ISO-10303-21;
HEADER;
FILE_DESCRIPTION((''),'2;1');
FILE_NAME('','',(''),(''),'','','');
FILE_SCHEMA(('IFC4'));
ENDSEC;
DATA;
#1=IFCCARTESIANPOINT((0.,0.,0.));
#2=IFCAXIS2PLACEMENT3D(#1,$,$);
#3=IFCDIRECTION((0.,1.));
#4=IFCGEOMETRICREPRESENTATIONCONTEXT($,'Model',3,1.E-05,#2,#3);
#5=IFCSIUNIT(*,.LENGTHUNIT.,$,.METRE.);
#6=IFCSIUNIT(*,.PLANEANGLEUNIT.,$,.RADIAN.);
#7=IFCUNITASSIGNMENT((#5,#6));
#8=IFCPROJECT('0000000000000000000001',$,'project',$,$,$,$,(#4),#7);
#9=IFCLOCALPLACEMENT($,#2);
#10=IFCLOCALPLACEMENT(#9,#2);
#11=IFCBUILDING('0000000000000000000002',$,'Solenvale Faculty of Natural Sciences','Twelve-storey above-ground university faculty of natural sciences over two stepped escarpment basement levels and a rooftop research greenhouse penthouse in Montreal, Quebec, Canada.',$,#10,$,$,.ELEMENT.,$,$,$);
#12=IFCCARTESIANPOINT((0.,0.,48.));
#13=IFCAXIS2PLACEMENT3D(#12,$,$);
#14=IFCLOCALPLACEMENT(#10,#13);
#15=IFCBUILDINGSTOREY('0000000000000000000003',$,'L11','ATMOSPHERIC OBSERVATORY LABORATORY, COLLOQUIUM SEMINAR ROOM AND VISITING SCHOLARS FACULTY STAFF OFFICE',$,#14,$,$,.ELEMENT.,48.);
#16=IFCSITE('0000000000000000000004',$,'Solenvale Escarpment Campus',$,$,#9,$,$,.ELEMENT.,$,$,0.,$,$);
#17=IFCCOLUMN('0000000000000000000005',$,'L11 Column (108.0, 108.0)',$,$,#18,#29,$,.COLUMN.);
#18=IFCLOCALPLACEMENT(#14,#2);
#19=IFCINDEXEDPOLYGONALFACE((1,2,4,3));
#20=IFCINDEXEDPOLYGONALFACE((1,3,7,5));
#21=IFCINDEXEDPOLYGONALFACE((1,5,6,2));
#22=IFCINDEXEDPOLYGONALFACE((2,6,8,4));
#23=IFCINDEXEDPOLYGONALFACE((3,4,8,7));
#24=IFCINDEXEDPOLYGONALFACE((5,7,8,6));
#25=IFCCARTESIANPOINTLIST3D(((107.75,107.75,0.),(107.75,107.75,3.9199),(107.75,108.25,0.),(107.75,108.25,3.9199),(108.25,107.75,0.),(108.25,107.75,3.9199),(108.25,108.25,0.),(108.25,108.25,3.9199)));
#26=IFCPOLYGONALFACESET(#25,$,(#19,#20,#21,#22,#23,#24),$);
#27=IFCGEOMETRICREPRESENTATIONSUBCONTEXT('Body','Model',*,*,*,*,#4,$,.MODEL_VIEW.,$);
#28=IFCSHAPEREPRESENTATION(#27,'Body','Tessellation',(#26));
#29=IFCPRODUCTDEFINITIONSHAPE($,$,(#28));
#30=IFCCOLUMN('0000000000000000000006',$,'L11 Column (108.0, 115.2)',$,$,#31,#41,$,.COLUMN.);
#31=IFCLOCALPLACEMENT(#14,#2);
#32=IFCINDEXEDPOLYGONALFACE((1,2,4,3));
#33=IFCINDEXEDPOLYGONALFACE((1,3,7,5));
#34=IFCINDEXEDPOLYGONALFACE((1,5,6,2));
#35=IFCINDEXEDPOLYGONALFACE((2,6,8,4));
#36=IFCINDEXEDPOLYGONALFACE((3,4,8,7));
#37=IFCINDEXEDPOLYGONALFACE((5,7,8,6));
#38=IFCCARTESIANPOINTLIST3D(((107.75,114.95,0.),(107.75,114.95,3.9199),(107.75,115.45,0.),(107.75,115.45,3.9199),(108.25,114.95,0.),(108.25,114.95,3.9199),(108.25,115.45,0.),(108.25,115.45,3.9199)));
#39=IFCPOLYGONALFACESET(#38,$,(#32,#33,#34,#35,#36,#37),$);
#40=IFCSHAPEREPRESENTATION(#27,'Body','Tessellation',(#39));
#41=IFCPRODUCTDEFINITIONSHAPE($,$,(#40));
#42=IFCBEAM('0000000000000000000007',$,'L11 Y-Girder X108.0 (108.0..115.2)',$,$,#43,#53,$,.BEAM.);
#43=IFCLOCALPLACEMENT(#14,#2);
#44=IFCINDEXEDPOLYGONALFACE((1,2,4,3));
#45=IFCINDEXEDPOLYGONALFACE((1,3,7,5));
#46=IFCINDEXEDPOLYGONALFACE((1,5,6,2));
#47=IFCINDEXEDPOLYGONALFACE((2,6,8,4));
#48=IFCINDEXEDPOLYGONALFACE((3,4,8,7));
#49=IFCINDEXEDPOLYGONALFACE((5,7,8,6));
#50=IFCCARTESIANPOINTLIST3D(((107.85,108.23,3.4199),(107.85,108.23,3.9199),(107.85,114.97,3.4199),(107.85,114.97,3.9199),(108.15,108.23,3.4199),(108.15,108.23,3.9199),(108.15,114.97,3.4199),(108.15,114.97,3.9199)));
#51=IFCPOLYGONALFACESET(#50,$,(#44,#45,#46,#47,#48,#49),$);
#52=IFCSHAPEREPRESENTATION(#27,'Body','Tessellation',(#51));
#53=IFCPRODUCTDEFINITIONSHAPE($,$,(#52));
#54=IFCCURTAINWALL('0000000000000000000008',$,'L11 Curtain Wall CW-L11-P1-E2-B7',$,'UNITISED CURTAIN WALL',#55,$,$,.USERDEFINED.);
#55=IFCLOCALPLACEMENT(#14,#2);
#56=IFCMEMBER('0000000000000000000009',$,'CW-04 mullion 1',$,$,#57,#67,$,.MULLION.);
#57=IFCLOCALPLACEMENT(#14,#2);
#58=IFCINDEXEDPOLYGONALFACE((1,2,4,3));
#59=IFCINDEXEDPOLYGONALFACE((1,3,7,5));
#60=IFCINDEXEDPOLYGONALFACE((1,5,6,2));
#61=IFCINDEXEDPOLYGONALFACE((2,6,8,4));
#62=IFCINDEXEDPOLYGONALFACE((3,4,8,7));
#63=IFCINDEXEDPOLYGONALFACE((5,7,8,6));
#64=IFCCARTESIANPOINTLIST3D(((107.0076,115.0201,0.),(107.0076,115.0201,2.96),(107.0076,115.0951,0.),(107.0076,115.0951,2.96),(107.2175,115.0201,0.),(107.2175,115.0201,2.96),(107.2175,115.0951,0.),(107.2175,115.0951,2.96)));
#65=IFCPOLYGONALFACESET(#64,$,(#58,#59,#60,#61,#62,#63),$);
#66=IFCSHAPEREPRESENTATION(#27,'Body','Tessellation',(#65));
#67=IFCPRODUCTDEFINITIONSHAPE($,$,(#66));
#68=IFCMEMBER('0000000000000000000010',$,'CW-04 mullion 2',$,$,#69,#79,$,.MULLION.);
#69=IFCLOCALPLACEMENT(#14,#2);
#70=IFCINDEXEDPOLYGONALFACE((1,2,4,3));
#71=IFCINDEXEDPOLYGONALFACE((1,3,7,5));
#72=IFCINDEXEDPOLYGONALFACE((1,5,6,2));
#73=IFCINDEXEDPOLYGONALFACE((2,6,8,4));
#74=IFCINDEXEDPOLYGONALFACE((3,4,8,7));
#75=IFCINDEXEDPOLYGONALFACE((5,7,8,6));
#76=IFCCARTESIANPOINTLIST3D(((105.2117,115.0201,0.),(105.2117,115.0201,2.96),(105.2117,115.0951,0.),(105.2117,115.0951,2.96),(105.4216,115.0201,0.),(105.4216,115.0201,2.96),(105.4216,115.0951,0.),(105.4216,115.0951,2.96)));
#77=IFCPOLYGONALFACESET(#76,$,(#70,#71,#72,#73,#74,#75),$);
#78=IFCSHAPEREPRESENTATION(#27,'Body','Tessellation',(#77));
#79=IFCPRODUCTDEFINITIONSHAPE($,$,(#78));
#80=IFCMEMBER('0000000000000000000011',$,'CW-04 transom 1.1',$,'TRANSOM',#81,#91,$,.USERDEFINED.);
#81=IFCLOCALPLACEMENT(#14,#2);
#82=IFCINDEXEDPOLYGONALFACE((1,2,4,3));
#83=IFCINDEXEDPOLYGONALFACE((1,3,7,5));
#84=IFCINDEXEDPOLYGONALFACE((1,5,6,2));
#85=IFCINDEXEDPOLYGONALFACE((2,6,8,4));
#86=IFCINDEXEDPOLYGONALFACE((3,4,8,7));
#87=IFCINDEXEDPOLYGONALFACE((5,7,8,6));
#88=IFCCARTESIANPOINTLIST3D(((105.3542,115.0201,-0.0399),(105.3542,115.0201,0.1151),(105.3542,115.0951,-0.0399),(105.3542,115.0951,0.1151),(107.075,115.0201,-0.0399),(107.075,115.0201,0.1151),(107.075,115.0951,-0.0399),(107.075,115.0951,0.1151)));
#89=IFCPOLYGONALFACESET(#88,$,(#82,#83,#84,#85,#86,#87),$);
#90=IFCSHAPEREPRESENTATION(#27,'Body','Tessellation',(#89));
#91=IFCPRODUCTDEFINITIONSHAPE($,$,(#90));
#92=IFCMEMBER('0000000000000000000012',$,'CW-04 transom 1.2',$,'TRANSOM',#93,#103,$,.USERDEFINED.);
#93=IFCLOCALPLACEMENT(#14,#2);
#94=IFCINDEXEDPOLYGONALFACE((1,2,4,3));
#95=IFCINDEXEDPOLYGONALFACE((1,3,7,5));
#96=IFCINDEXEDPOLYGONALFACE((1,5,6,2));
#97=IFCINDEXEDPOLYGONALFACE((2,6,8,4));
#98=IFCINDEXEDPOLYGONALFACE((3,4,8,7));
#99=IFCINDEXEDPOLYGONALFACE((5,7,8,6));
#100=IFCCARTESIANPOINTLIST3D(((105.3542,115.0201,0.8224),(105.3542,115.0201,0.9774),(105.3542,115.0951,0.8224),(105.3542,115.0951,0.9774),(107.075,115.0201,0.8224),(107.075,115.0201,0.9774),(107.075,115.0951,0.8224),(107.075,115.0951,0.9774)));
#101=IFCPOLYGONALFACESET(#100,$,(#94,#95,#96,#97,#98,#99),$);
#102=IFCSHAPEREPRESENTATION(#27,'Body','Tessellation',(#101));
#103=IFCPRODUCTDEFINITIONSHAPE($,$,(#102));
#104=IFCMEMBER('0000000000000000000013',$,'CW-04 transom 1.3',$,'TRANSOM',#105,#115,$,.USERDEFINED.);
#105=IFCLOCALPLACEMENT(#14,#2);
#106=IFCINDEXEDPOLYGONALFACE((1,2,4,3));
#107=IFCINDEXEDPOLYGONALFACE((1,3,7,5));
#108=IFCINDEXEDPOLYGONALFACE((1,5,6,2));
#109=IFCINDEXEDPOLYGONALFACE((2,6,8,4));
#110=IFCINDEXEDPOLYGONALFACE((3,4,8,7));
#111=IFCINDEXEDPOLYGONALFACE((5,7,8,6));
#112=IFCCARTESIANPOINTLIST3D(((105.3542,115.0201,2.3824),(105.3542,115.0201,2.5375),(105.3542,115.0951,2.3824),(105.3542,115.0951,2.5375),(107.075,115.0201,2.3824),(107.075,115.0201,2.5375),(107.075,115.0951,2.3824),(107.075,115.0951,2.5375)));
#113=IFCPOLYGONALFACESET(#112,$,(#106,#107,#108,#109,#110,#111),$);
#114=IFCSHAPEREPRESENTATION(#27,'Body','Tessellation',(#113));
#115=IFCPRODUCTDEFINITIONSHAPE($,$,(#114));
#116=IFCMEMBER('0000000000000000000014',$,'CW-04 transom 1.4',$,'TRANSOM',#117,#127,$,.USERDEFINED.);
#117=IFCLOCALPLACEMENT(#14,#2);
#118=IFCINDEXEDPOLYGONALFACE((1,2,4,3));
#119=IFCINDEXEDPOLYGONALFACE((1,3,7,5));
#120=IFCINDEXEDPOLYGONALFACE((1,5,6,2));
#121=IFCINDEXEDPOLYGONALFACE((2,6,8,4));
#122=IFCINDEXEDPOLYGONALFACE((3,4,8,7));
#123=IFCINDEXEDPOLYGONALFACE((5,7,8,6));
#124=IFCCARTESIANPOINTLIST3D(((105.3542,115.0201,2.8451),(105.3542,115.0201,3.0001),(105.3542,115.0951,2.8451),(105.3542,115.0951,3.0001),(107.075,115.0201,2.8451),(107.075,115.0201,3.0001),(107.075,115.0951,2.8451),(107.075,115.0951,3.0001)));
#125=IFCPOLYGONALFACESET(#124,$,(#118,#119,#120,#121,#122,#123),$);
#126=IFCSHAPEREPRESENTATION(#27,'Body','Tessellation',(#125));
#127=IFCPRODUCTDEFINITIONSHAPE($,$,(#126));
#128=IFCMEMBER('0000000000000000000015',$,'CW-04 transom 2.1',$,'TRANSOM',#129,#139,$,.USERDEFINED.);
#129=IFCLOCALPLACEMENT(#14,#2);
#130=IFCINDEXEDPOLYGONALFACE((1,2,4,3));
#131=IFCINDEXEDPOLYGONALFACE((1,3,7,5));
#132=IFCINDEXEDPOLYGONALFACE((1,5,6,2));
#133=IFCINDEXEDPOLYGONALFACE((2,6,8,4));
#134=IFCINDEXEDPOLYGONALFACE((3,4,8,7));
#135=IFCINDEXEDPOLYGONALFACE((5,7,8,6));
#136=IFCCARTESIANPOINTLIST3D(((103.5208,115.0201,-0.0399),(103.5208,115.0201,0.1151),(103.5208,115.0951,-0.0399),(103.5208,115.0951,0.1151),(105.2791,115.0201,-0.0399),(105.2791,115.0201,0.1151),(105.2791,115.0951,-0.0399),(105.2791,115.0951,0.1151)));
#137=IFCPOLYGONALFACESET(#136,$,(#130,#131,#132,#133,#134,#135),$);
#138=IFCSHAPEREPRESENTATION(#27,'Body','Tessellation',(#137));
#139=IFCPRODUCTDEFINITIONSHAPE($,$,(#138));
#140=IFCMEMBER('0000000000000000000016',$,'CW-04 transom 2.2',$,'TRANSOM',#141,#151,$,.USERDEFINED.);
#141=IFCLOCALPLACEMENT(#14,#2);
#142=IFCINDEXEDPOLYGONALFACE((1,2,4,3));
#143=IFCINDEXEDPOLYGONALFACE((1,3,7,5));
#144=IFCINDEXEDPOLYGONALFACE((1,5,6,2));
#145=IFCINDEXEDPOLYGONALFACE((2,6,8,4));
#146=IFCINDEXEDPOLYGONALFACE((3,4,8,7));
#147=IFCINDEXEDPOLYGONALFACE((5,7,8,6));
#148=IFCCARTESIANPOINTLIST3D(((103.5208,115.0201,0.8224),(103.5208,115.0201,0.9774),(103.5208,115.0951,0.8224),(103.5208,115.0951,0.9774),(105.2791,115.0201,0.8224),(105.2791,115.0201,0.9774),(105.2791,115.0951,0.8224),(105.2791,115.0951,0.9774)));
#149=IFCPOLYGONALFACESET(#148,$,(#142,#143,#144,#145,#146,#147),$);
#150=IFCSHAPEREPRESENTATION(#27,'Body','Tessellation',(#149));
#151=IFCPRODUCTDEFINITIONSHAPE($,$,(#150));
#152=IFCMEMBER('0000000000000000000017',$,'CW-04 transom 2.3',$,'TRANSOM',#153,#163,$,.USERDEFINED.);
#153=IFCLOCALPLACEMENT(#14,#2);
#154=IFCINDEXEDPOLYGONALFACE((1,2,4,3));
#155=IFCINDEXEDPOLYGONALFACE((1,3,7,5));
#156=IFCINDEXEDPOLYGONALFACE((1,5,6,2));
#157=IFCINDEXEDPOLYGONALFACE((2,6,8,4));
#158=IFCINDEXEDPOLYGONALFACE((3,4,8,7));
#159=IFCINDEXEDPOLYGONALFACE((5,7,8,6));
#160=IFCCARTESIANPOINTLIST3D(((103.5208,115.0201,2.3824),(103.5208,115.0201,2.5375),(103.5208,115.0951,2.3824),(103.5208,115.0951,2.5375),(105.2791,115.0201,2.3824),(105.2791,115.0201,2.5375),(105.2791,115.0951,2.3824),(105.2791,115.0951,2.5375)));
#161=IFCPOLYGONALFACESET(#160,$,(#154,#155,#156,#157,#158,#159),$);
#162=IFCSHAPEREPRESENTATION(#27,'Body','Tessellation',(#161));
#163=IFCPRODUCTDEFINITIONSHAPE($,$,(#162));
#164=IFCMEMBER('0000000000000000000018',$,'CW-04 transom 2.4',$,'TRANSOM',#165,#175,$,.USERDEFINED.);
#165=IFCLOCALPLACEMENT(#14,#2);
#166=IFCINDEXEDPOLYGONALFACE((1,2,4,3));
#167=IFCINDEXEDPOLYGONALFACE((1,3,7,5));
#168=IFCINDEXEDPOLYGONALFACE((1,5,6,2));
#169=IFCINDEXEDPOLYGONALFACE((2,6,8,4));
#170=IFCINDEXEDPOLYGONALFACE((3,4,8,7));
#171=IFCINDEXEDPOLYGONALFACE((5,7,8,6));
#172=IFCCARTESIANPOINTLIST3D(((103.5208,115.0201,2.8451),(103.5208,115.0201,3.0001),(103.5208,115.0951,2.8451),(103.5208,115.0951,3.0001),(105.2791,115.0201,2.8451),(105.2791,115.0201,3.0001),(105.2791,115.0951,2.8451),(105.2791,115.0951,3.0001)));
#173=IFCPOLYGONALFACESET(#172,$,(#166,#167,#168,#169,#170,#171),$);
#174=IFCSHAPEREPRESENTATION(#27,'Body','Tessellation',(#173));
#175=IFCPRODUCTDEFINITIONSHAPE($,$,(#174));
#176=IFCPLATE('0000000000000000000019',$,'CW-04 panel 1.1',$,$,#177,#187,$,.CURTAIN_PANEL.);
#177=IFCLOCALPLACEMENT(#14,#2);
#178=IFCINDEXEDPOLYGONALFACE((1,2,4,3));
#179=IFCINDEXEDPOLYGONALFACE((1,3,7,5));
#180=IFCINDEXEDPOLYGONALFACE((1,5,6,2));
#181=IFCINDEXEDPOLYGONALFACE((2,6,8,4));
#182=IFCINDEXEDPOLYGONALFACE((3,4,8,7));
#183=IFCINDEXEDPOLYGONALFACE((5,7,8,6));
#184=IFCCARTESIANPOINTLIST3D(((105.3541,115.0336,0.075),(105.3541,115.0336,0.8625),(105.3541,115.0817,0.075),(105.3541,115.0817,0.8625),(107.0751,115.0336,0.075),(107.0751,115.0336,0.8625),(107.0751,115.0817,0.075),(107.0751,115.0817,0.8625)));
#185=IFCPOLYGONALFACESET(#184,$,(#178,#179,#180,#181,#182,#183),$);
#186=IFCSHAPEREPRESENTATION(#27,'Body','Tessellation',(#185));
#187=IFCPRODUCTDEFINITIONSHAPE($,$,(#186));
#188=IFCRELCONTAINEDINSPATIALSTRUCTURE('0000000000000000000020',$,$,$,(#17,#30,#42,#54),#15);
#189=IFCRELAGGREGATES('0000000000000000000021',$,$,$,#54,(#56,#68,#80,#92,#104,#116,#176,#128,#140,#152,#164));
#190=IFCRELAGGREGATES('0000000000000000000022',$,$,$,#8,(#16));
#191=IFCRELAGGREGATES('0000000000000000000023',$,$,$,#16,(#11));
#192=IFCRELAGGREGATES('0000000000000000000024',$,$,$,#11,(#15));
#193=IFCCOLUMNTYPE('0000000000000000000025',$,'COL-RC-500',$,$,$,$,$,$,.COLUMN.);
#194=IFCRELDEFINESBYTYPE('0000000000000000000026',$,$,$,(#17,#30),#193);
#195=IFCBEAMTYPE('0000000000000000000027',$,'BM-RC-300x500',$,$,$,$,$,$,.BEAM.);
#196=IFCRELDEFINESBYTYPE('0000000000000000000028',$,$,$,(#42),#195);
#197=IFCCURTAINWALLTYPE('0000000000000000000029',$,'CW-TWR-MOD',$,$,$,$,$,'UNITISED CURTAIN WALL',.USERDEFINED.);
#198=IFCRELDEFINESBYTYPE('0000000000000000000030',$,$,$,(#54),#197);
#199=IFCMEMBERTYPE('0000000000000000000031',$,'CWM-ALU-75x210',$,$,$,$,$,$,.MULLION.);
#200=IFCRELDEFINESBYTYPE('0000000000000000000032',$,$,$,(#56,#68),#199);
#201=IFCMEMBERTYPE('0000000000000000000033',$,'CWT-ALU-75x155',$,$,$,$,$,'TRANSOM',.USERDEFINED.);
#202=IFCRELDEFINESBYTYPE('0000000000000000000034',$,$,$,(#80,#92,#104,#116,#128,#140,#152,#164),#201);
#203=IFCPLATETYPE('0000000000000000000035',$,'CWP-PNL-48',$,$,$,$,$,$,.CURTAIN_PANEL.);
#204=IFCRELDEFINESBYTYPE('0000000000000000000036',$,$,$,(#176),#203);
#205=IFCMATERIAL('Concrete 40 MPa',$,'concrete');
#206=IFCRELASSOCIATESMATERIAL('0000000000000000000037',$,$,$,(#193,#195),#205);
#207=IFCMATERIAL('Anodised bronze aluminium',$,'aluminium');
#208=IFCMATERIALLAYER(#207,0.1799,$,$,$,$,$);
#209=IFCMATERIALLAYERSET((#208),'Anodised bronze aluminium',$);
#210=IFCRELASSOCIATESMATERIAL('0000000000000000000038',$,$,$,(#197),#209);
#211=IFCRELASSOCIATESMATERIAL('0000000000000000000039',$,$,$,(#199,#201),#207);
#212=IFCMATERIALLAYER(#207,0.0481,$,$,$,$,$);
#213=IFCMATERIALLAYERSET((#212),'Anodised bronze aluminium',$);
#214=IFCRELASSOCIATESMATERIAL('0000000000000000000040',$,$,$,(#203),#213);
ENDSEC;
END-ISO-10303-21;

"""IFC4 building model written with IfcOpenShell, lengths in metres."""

from ifc_helpers import new_model, si_unit, direction, frame, origin, origin_2d, place, context, subcontext, project, spatial, rectangle, extrude, material, layer, layer_set, material_profile, profile_set, type_object, element, aggregate, save


model = new_model("IFC4")

# Units and contexts
model_context = context("Model", 3, precision=1e-05, world=origin(), true_north=direction((0.0, 1.0)))
body_context = subcontext(model_context, "Body", "Model", "MODEL_VIEW")
ifc_project = project(units=[si_unit("LENGTHUNIT", "METRE"), si_unit("PLANEANGLEUNIT", "RADIAN")], contexts=[model_context])

# Site, building, storey
site_placement = place(None, origin())
site = spatial("IfcSite", under=ifc_project, at=site_placement, Name="Solenvale Escarpment Campus", CompositionType="ELEMENT", RefElevation=0.0)
building_placement = place(site_placement, origin())
building = spatial("IfcBuilding", under=site, at=building_placement, Name="Solenvale Faculty of Natural Sciences", Description="Twelve-storey above-ground university faculty of natural sciences over two stepped escarpment basement levels and a rooftop research greenhouse penthouse in Montreal, Quebec, Canada.", CompositionType="ELEMENT")
storey_placement = place(building_placement, frame((0.0, 0.0, 48.0)))
storey = spatial("IfcBuildingStorey", under=building, at=storey_placement, Name="L11", Description="ATMOSPHERIC OBSERVATORY LABORATORY, COLLOQUIUM SEMINAR ROOM AND VISITING SCHOLARS FACULTY STAFF OFFICE", CompositionType="ELEMENT", Elevation=48.0)

# Columns
ifc_material_1 = material(Name="Concrete 40 MPa", Category="concrete")
ifc_material_profile_1 = material_profile(ifc_material_1, rectangle(XDim=0.5, YDim=0.5, at=origin_2d()), Name="RC-COL-500x500")
ifc_profile_set_1 = profile_set([ifc_material_profile_1], Name="Concrete 40 MPa")
column_type = type_object("IfcColumnType", Name="COL-RC-500", PredefinedType="COLUMN", material=ifc_profile_set_1)
for number, where, z_axis, x_axis, name in (
    (1, (108.0, 108.0, 0.0), (0.0, 0.0, 1.0), (1.0, 0.0, 0.0), "L11 Column (108.0, 108.0)"),
    (2, (108.0, 115.2, 0.0), (0.0, 0.0, 1.0), (1.0, 0.0, 0.0), "L11 Column (108.0, 115.2)"),
):
    element("IfcColumn", number, at=place(storey_placement, frame(where, z_axis=z_axis, x_axis=x_axis)), inside=storey, type_object=column_type, Name=name, PredefinedType="COLUMN", context=body_context, shape_type="SweptSolid", body=[
        extrude(rectangle(XDim=0.5, YDim=0.5, at=origin_2d()), origin(), (0.0, 0.0, 1.0), 3.9199),
    ])

# Beam
ifc_material_profile_2 = material_profile(ifc_material_1, rectangle(XDim=0.3, YDim=0.5, at=origin_2d()), Name="RC-BM-300x500")
ifc_profile_set_2 = profile_set([ifc_material_profile_2], Name="Concrete 40 MPa")
beam_type = type_object("IfcBeamType", Name="BM-RC-300x500", PredefinedType="BEAM", material=ifc_profile_set_2)
beam_placement = place(storey_placement, frame((108.0, 108.23, 3.6699), z_axis=(0.0, 1.0, 0.0), x_axis=(-1.0, 0.0, 0.0)))
element("IfcBeam", 3, at=beam_placement, inside=storey, type_object=beam_type, Name="L11 Y-Girder X108.0 (108.0..115.2)", PredefinedType="BEAM", context=body_context, shape_type="SweptSolid", body=[
    extrude(rectangle(XDim=0.3, YDim=0.5, at=origin_2d()), origin(), (0.0, 0.0, 1.0), 6.74),
])

# Curtain wall, members, plate
ifc_material_2 = material(Name="Anodised bronze aluminium", Category="aluminium")
ifc_layer_1 = layer(ifc_material_2, 0.1799)
ifc_layer_set_1 = layer_set([ifc_layer_1], Name="Anodised bronze aluminium")
curtain_wall_type = type_object("IfcCurtainWallType", Name="CW-TWR-MOD", ElementType="UNITISED CURTAIN WALL", PredefinedType="USERDEFINED", material=ifc_layer_set_1)
curtain_wall_placement = place(storey_placement, origin())
curtain_wall = element("IfcCurtainWall", 4, at=curtain_wall_placement, inside=storey, type_object=curtain_wall_type, Name="L11 Curtain Wall CW-L11-P1-E2-B7", ObjectType="UNITISED CURTAIN WALL", PredefinedType="USERDEFINED")
ifc_material_profile_3 = material_profile(ifc_material_2, rectangle(XDim=0.075, YDim=0.21, at=origin_2d()), Name="ALU-MUL-75x210")
ifc_profile_set_3 = profile_set([ifc_material_profile_3], Name="Anodised bronze aluminium")
member_type_1 = type_object("IfcMemberType", Name="CWM-ALU-75x210", PredefinedType="MULLION", material=ifc_profile_set_3)
member_1_placement = place(storey_placement, frame((107.1125, 115.0576, 0.0), z_axis=(0.0, 0.0, 1.0), x_axis=(0.0, -1.0, 0.0)))
member_1 = element("IfcMember", 5, at=member_1_placement, type_object=member_type_1, Name="CW-04 mullion 1", PredefinedType="MULLION", context=body_context, shape_type="SweptSolid", body=[
    extrude(rectangle(XDim=0.075, YDim=0.21, at=origin_2d()), origin(), (0.0, 0.0, 1.0), 2.96),
])
member_2_placement = place(storey_placement, frame((105.3167, 115.0576, 0.0), z_axis=(0.0, 0.0, 1.0), x_axis=(0.0, -1.0, 0.0)))
member_2 = element("IfcMember", 6, at=member_2_placement, type_object=member_type_1, Name="CW-04 mullion 2", PredefinedType="MULLION", context=body_context, shape_type="SweptSolid", body=[
    extrude(rectangle(XDim=0.075, YDim=0.21, at=origin_2d()), origin(), (0.0, 0.0, 1.0), 2.96),
])
ifc_material_profile_4 = material_profile(ifc_material_2, rectangle(XDim=0.075, YDim=0.155, at=origin_2d()), Name="ALU-TRN-75x155")
ifc_profile_set_4 = profile_set([ifc_material_profile_4], Name="Anodised bronze aluminium")
member_type_2 = type_object("IfcMemberType", Name="CWT-ALU-75x155", ElementType="TRANSOM", PredefinedType="USERDEFINED", material=ifc_profile_set_4)
member_3_placement = place(storey_placement, frame((107.075, 115.0576, 0.0376), z_axis=(-1.0, 0.0, 0.0), x_axis=(0.0, -1.0, 0.0)))
member_3 = element("IfcMember", 7, at=member_3_placement, type_object=member_type_2, Name="CW-04 transom 1.1", ObjectType="TRANSOM", PredefinedType="USERDEFINED", context=body_context, shape_type="SweptSolid", body=[
    extrude(rectangle(XDim=0.075, YDim=0.155, at=origin_2d()), origin(), (0.0, 0.0, 1.0), 1.7207),
])
member_4_placement = place(storey_placement, frame((107.075, 115.0576, 0.8999), z_axis=(-1.0, 0.0, 0.0), x_axis=(0.0, -1.0, 0.0)))
member_4 = element("IfcMember", 8, at=member_4_placement, type_object=member_type_2, Name="CW-04 transom 1.2", ObjectType="TRANSOM", PredefinedType="USERDEFINED", context=body_context, shape_type="SweptSolid", body=[
    extrude(rectangle(XDim=0.075, YDim=0.155, at=origin_2d()), origin(), (0.0, 0.0, 1.0), 1.7207),
])
member_5_placement = place(storey_placement, frame((107.075, 115.0576, 2.46), z_axis=(-1.0, 0.0, 0.0), x_axis=(0.0, -1.0, 0.0)))
member_5 = element("IfcMember", 9, at=member_5_placement, type_object=member_type_2, Name="CW-04 transom 1.3", ObjectType="TRANSOM", PredefinedType="USERDEFINED", context=body_context, shape_type="SweptSolid", body=[
    extrude(rectangle(XDim=0.075, YDim=0.155, at=origin_2d()), origin(), (0.0, 0.0, 1.0), 1.7207),
])
member_6_placement = place(storey_placement, frame((107.075, 115.0576, 2.9226), z_axis=(-1.0, 0.0, 0.0), x_axis=(0.0, -1.0, 0.0)))
member_6 = element("IfcMember", 10, at=member_6_placement, type_object=member_type_2, Name="CW-04 transom 1.4", ObjectType="TRANSOM", PredefinedType="USERDEFINED", context=body_context, shape_type="SweptSolid", body=[
    extrude(rectangle(XDim=0.075, YDim=0.155, at=origin_2d()), origin(), (0.0, 0.0, 1.0), 1.7207),
])
member_7_placement = place(storey_placement, frame((105.2791, 115.0576, 0.0376), z_axis=(-1.0, 0.0, 0.0), x_axis=(0.0, -1.0, 0.0)))
member_7 = element("IfcMember", 11, at=member_7_placement, type_object=member_type_2, Name="CW-04 transom 2.1", ObjectType="TRANSOM", PredefinedType="USERDEFINED", context=body_context, shape_type="SweptSolid", body=[
    extrude(rectangle(XDim=0.075, YDim=0.155, at=origin_2d()), origin(), (0.0, 0.0, 1.0), 1.7583),
])
member_8_placement = place(storey_placement, frame((105.2791, 115.0576, 0.8999), z_axis=(-1.0, 0.0, 0.0), x_axis=(0.0, -1.0, 0.0)))
member_8 = element("IfcMember", 12, at=member_8_placement, type_object=member_type_2, Name="CW-04 transom 2.2", ObjectType="TRANSOM", PredefinedType="USERDEFINED", context=body_context, shape_type="SweptSolid", body=[
    extrude(rectangle(XDim=0.075, YDim=0.155, at=origin_2d()), origin(), (0.0, 0.0, 1.0), 1.7583),
])
member_9_placement = place(storey_placement, frame((105.2791, 115.0576, 2.46), z_axis=(-1.0, 0.0, 0.0), x_axis=(0.0, -1.0, 0.0)))
member_9 = element("IfcMember", 13, at=member_9_placement, type_object=member_type_2, Name="CW-04 transom 2.3", ObjectType="TRANSOM", PredefinedType="USERDEFINED", context=body_context, shape_type="SweptSolid", body=[
    extrude(rectangle(XDim=0.075, YDim=0.155, at=origin_2d()), origin(), (0.0, 0.0, 1.0), 1.7583),
])
member_10_placement = place(storey_placement, frame((105.2791, 115.0576, 2.9226), z_axis=(-1.0, 0.0, 0.0), x_axis=(0.0, -1.0, 0.0)))
member_10 = element("IfcMember", 14, at=member_10_placement, type_object=member_type_2, Name="CW-04 transom 2.4", ObjectType="TRANSOM", PredefinedType="USERDEFINED", context=body_context, shape_type="SweptSolid", body=[
    extrude(rectangle(XDim=0.075, YDim=0.155, at=origin_2d()), origin(), (0.0, 0.0, 1.0), 1.7583),
])
ifc_layer_2 = layer(ifc_material_2, 0.0481)
ifc_layer_set_2 = layer_set([ifc_layer_2], Name="Anodised bronze aluminium")
plate_type = type_object("IfcPlateType", Name="CWP-PNL-48", PredefinedType="CURTAIN_PANEL", material=ifc_layer_set_2)
plate_1_placement = place(storey_placement, frame((106.2146, 115.0576, 0.075), z_axis=(0.0, 0.0, 1.0), x_axis=(-1.0, 0.0, 0.0)))
plate_1 = element("IfcPlate", 15, at=plate_1_placement, type_object=plate_type, Name="CW-04 panel 1.1", PredefinedType="CURTAIN_PANEL", context=body_context, shape_type="SweptSolid", body=[
    extrude(rectangle(XDim=1.7209, YDim=0.0481, at=origin_2d()), origin(), (0.0, 0.0, 1.0), 0.7876),
])
aggregate(curtain_wall, [member_1, member_2, member_3, member_4, member_5, member_6, plate_1, member_7, member_8, member_9, member_10])

save(model, "model.ifc")
